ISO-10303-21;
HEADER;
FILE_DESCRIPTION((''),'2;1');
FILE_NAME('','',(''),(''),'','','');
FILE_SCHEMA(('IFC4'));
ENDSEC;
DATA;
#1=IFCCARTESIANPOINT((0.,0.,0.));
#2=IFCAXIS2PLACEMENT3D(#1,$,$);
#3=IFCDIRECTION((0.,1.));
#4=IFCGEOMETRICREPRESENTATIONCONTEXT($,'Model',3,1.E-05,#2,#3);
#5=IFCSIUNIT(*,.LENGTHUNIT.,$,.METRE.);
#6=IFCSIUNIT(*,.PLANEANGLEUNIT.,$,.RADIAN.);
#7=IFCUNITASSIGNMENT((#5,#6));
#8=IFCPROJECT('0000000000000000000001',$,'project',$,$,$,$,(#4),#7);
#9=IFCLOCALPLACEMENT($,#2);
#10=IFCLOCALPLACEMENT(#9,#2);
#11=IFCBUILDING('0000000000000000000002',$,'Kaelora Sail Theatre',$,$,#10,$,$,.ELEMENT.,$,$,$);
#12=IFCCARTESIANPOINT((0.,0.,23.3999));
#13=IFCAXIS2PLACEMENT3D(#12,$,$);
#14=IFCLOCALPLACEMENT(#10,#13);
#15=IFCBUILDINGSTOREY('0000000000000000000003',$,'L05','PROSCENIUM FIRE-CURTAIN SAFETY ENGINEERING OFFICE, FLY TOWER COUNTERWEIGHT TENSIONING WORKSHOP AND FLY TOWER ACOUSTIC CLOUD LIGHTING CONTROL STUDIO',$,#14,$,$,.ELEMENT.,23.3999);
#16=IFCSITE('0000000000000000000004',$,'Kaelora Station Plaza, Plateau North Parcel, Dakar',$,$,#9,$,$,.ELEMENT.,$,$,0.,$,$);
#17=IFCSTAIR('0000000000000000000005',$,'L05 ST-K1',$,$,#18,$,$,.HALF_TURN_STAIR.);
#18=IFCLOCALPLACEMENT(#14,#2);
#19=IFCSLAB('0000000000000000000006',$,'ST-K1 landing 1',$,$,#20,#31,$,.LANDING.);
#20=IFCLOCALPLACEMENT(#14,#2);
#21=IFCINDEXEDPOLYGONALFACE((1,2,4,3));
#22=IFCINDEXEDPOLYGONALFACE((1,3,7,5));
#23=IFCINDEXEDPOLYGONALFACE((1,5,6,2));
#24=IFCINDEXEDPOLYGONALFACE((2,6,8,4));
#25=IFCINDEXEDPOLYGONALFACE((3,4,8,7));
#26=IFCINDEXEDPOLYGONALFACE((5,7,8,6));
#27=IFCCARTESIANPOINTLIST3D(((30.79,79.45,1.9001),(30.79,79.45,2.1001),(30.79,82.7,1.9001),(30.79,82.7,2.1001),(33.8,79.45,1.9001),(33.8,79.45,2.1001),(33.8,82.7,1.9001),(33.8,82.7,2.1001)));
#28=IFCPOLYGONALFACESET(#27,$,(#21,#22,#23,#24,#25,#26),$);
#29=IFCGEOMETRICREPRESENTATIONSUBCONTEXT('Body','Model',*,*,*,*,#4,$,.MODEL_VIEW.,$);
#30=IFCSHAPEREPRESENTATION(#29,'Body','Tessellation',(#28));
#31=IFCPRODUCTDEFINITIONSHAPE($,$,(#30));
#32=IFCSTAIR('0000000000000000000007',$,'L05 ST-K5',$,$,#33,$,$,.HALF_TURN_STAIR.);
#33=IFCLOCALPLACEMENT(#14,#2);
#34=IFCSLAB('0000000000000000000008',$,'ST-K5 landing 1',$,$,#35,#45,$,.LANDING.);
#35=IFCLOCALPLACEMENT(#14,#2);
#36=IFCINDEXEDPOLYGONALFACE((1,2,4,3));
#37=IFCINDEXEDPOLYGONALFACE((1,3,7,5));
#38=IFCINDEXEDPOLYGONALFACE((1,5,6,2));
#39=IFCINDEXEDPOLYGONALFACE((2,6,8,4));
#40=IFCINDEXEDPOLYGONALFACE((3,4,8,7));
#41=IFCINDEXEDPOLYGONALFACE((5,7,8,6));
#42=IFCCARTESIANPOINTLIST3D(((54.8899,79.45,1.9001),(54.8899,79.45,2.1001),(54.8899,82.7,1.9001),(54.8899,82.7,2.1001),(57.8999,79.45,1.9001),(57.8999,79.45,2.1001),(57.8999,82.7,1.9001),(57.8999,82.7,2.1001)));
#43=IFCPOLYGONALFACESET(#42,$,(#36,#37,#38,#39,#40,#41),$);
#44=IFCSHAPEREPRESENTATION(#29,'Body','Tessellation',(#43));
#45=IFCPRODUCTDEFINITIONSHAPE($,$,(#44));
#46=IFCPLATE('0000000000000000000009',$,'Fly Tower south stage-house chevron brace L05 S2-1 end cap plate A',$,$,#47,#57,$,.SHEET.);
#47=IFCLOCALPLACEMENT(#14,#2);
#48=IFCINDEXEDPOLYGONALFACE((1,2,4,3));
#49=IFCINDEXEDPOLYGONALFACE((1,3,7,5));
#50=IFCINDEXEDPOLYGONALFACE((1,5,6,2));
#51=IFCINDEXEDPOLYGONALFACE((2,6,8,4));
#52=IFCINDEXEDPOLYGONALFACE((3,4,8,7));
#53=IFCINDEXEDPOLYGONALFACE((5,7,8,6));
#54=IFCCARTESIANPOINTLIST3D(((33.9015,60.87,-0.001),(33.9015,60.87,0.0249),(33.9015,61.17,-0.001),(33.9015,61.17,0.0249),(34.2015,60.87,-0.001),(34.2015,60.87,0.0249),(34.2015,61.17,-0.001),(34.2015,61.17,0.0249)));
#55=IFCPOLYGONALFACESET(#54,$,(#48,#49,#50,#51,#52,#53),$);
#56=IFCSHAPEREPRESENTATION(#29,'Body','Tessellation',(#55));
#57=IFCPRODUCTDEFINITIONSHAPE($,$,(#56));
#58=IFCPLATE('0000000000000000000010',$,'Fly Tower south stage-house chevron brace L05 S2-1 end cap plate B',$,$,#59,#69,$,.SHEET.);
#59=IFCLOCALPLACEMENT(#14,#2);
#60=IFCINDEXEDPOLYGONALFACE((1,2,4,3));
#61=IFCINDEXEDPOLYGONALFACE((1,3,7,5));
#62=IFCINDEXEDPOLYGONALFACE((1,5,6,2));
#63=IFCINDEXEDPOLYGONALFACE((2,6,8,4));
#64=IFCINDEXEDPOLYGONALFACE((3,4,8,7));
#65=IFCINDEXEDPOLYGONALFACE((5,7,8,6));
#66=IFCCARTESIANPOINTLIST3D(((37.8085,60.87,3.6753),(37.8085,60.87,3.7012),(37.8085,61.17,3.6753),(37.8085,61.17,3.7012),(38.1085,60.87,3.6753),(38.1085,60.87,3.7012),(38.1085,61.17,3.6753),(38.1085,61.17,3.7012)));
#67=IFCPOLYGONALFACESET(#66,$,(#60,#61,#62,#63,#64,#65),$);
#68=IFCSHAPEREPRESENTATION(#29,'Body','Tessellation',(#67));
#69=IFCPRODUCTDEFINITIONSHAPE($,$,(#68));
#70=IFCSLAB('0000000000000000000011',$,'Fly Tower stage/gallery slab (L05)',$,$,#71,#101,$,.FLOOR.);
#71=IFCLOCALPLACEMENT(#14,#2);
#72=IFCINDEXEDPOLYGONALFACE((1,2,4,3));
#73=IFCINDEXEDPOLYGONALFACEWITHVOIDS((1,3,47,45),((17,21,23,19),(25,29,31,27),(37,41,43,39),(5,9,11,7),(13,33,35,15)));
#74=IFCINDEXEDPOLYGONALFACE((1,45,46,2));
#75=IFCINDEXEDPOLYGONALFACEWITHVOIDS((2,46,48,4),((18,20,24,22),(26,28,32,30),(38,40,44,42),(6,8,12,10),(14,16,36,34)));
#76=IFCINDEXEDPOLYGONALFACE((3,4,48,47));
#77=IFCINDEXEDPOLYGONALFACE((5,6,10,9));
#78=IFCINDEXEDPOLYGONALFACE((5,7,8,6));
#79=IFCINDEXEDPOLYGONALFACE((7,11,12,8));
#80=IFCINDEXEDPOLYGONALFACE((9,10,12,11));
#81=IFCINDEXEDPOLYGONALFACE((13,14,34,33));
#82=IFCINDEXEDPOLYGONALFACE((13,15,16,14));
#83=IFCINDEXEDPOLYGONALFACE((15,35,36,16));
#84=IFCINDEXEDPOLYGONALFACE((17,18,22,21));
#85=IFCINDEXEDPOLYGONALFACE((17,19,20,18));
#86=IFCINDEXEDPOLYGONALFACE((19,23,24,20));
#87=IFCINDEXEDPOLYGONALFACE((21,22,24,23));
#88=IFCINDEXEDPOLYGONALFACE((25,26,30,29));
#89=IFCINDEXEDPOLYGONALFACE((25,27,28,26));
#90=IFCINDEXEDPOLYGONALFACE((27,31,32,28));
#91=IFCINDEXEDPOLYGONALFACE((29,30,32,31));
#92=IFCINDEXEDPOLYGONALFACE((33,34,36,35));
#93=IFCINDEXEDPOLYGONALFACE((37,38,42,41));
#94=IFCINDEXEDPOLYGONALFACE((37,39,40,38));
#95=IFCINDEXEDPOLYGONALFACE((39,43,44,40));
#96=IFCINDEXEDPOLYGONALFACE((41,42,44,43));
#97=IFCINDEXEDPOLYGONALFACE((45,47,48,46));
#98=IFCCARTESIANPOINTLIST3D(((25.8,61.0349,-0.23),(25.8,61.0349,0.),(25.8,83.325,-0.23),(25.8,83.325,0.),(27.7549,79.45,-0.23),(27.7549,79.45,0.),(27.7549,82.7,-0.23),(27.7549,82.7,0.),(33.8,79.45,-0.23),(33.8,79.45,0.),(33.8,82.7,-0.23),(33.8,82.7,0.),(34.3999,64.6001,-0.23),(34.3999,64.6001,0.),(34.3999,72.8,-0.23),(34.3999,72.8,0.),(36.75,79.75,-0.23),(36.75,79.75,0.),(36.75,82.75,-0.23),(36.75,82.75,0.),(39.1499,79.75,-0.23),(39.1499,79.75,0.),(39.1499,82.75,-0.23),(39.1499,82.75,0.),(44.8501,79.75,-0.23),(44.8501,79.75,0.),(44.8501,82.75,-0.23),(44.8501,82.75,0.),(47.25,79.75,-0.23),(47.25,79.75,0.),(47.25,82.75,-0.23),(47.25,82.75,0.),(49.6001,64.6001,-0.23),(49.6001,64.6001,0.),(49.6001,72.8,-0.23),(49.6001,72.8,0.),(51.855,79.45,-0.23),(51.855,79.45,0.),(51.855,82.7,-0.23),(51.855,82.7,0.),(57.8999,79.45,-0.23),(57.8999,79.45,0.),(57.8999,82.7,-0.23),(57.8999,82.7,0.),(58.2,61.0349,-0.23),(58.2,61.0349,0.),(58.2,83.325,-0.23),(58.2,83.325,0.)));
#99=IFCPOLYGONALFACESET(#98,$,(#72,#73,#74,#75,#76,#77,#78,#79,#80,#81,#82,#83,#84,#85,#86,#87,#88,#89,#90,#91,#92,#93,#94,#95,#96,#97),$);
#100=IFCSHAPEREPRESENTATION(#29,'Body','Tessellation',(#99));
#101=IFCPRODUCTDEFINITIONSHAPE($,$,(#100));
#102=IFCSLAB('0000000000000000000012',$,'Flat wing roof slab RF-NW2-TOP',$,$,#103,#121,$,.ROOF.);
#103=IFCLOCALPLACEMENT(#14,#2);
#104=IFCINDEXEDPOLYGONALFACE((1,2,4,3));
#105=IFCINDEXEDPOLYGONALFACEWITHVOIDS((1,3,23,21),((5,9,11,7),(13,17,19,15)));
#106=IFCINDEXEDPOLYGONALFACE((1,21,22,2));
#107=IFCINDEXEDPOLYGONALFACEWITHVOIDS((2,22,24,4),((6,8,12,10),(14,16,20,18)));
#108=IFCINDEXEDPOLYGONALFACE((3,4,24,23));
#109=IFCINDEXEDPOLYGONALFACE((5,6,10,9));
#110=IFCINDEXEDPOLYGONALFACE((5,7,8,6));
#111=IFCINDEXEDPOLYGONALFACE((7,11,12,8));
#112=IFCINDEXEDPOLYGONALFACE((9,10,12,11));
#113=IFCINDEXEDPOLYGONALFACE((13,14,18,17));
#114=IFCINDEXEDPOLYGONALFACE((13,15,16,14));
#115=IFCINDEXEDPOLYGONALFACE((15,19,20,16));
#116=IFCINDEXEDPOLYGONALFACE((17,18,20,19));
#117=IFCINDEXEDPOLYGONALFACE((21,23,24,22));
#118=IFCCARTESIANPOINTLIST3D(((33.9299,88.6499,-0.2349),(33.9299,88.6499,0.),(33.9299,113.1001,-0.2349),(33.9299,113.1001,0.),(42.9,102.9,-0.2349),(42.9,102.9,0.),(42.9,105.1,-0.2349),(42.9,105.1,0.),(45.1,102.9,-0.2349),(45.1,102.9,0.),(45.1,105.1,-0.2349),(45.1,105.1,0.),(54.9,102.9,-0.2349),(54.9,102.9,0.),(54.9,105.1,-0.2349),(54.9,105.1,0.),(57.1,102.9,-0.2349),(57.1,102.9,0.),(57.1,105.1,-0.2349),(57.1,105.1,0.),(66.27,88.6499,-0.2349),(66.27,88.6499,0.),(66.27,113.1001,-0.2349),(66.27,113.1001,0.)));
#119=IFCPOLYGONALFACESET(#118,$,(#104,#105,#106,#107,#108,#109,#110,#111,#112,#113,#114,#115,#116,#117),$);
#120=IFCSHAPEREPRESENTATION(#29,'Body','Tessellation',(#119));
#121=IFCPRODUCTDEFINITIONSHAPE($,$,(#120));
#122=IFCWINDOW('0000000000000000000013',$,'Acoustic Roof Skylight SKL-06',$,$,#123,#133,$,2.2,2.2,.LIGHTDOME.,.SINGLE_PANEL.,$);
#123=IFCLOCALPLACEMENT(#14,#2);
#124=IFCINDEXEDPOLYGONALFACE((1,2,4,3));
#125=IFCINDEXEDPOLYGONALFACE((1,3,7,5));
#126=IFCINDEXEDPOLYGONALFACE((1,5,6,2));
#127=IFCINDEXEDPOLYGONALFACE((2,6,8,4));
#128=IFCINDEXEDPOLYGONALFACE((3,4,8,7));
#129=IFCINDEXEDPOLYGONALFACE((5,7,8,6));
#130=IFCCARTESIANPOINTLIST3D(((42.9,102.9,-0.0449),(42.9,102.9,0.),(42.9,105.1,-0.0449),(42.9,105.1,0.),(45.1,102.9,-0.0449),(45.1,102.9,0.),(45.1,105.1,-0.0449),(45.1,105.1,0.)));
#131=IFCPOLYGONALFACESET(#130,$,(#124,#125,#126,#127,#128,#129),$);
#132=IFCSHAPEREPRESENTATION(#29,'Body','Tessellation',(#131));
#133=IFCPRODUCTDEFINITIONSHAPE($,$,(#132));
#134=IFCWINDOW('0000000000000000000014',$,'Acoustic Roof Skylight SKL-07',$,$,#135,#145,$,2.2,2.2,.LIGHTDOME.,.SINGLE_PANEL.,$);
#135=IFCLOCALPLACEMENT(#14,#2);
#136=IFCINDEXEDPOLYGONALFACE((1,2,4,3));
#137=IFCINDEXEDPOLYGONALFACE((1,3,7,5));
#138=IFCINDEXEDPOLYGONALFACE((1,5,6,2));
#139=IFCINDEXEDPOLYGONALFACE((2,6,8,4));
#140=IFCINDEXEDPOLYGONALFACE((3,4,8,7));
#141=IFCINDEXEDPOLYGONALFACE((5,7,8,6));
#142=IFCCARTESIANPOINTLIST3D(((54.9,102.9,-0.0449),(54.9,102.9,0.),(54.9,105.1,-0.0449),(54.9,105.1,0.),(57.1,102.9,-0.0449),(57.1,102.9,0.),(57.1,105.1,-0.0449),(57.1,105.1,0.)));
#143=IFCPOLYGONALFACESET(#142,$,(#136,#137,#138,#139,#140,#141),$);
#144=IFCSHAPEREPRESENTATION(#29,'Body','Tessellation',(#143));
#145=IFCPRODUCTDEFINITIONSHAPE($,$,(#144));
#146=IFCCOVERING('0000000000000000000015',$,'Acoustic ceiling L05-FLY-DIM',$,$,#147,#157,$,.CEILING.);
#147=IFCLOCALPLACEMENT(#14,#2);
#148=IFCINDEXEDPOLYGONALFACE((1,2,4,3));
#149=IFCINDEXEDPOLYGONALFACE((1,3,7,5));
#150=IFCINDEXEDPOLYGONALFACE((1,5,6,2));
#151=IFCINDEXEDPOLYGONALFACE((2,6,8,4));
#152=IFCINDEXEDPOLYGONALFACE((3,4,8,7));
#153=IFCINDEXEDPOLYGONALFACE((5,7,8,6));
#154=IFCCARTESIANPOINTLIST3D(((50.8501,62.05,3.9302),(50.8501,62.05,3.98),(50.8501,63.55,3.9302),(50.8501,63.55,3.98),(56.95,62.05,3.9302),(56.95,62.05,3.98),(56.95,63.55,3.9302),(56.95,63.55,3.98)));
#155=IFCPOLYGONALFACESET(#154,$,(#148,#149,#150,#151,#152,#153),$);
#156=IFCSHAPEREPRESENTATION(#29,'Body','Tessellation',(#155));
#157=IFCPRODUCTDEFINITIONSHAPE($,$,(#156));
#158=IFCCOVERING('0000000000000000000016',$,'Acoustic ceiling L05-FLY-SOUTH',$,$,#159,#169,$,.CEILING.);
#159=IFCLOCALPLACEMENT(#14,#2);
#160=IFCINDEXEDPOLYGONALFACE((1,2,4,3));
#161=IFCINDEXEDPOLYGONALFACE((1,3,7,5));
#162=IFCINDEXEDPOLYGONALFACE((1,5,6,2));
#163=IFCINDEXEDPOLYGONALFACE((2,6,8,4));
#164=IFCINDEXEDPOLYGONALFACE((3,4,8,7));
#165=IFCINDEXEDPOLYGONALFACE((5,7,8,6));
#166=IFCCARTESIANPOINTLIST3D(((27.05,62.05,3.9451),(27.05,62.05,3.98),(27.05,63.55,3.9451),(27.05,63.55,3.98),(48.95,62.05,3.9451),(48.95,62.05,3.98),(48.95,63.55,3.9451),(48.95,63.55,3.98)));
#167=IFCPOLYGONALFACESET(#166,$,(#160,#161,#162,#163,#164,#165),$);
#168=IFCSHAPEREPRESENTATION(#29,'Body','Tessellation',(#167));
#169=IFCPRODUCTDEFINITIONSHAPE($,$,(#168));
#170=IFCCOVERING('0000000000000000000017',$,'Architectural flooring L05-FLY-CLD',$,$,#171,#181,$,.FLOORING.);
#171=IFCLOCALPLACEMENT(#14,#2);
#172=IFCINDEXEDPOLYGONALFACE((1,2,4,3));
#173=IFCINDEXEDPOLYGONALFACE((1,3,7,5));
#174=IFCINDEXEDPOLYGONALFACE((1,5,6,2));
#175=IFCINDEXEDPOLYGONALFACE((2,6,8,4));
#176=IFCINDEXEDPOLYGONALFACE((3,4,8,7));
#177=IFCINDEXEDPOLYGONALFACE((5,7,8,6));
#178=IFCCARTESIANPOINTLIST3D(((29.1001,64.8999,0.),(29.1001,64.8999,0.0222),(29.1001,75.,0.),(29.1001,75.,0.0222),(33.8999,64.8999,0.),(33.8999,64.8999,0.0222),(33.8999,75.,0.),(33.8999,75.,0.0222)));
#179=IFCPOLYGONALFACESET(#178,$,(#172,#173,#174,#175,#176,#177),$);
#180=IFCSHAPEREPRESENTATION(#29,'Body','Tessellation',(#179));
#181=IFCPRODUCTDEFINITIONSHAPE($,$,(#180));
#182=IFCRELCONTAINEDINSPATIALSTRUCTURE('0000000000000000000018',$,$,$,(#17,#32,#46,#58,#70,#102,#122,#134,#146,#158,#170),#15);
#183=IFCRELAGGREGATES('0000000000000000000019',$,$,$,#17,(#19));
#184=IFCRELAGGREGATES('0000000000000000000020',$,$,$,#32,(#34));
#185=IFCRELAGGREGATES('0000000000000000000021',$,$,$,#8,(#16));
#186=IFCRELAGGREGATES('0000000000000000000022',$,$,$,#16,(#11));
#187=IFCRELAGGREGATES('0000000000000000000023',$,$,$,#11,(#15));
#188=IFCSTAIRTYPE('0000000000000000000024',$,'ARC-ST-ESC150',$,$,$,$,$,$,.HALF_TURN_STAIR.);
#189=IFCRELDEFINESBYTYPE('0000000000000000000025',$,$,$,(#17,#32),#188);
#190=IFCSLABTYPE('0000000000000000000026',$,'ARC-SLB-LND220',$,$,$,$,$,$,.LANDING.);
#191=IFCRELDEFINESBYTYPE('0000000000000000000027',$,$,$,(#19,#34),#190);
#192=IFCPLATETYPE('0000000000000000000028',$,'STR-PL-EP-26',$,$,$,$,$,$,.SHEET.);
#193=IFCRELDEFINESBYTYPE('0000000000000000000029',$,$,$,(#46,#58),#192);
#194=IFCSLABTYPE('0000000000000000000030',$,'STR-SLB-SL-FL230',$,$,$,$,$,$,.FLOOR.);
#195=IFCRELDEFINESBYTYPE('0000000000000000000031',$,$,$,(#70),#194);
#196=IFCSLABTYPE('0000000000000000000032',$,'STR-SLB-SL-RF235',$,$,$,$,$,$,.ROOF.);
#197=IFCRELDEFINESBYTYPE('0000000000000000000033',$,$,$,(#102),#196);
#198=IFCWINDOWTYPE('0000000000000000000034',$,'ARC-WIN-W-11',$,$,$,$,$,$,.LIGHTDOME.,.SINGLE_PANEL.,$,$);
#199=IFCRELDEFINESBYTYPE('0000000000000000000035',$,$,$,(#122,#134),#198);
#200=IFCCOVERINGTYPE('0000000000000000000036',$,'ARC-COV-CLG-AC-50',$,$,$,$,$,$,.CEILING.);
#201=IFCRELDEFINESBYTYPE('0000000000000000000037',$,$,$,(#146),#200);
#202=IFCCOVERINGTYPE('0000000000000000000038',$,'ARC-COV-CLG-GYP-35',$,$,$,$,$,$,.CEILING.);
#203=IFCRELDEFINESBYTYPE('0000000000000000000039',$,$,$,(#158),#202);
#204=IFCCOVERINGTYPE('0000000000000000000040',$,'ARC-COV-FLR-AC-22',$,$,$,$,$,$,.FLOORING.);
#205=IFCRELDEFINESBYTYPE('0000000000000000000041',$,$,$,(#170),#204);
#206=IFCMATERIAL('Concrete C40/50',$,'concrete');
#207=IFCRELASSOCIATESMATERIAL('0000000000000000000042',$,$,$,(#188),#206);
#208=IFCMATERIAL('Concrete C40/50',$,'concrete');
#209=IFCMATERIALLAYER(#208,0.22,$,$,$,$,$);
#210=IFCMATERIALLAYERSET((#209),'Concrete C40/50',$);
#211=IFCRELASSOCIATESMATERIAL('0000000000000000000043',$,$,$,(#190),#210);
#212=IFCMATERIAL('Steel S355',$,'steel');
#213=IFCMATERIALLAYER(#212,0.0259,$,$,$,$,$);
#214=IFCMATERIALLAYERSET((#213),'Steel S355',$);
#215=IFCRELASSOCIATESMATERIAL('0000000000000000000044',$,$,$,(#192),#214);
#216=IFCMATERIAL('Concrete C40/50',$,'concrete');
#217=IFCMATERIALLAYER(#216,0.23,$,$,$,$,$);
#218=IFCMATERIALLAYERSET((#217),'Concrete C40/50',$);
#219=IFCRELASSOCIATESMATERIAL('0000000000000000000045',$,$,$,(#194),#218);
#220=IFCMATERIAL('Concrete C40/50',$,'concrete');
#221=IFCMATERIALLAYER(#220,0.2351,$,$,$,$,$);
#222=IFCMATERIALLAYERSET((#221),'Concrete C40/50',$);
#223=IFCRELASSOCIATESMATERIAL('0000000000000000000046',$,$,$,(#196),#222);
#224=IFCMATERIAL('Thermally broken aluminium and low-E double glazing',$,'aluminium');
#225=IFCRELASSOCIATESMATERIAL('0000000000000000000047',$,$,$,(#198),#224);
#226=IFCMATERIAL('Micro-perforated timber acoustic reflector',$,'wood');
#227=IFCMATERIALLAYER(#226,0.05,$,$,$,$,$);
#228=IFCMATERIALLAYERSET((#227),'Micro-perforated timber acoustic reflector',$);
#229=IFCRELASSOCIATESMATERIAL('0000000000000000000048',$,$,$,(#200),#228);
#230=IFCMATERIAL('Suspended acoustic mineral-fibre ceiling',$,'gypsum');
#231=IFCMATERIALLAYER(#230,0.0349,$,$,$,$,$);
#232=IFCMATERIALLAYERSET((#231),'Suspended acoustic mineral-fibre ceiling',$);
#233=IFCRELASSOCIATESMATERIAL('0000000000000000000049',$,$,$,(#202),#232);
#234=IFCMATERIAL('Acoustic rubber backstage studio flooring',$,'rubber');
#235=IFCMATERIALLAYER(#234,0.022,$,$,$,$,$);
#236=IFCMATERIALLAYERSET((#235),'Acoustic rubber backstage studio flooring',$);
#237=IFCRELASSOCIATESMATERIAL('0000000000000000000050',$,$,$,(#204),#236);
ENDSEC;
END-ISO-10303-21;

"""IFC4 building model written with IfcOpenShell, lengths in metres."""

from ifc_helpers import new_model, si_unit, direction, frame, origin, origin_2d, place, context, subcontext, project, spatial, polyline, rectangle, outline, extrude, material, layer, layer_set, type_object, element, fill, aggregate, save


model = new_model("IFC4")

# Units and contexts
model_context = context("Model", 3, precision=1e-05, world=origin(), true_north=direction((0.0, 1.0)))
body_context = subcontext(model_context, "Body", "Model", "MODEL_VIEW")
ifc_project = project(units=[si_unit("LENGTHUNIT", "METRE"), si_unit("PLANEANGLEUNIT", "RADIAN")], contexts=[model_context])

# Site, building, storey
site_placement = place(None, origin())
site = spatial("IfcSite", under=ifc_project, at=site_placement, Name="Kaelora Station Plaza, Plateau North Parcel, Dakar", CompositionType="ELEMENT", RefElevation=0.0)
building_placement = place(site_placement, origin())
building = spatial("IfcBuilding", under=site, at=building_placement, Name="Kaelora Sail Theatre", CompositionType="ELEMENT")
storey_placement = place(building_placement, frame((0.0, 0.0, 23.3999)))
storey = spatial("IfcBuildingStorey", under=building, at=storey_placement, Name="L05", Description="PROSCENIUM FIRE-CURTAIN SAFETY ENGINEERING OFFICE, FLY TOWER COUNTERWEIGHT TENSIONING WORKSHOP AND FLY TOWER ACOUSTIC CLOUD LIGHTING CONTROL STUDIO", CompositionType="ELEMENT", Elevation=23.3999)

# Stairs, slabs
ifc_material_1 = material(Name="Concrete C40/50", Category="concrete")
stair_type = type_object("IfcStairType", Name="ARC-ST-ESC150", PredefinedType="HALF_TURN_STAIR", material=ifc_material_1)
stair_1_placement = place(storey_placement, origin())
stair_1 = element("IfcStair", 1, at=stair_1_placement, inside=storey, type_object=stair_type, Name="L05 ST-K1", PredefinedType="HALF_TURN_STAIR")
ifc_material_2 = material(Name="Concrete C40/50", Category="concrete")
ifc_layer_1 = layer(ifc_material_2, 0.22)
ifc_layer_set_1 = layer_set([ifc_layer_1], Name="Concrete C40/50")
slab_type_1 = type_object("IfcSlabType", Name="ARC-SLB-LND220", PredefinedType="LANDING", material=ifc_layer_set_1)
slab_1_placement = place(storey_placement, frame((0.0, 0.0, 1.9001)))
slab_1 = element("IfcSlab", 2, at=slab_1_placement, type_object=slab_type_1, Name="ST-K1 landing 1", PredefinedType="LANDING", context=body_context, shape_type="SweptSolid", body=[
    extrude(outline(polyline([(30.79, 79.45), (33.8, 79.45), (33.8, 82.7), (30.79, 82.7), (30.79, 79.45)])), origin(), (0.0, 0.0, 1.0), 0.2),
])
aggregate(stair_1, [slab_1])
stair_2_placement = place(storey_placement, origin())
stair_2 = element("IfcStair", 3, at=stair_2_placement, inside=storey, type_object=stair_type, Name="L05 ST-K5", PredefinedType="HALF_TURN_STAIR")
slab_2_placement = place(storey_placement, frame((0.0, 0.0, 1.9001)))
slab_2 = element("IfcSlab", 4, at=slab_2_placement, type_object=slab_type_1, Name="ST-K5 landing 1", PredefinedType="LANDING", context=body_context, shape_type="SweptSolid", body=[
    extrude(outline(polyline([(54.8899, 79.45), (57.8999, 79.45), (57.8999, 82.7), (54.8899, 82.7), (54.8899, 79.45)])), origin(), (0.0, 0.0, 1.0), 0.2),
])
aggregate(stair_2, [slab_2])

# Plates
ifc_material_3 = material(Name="Steel S355", Category="steel")
ifc_layer_2 = layer(ifc_material_3, 0.0259)
ifc_layer_set_2 = layer_set([ifc_layer_2], Name="Steel S355")
plate_type = type_object("IfcPlateType", Name="STR-PL-EP-26", PredefinedType="SHEET", material=ifc_layer_set_2)
for number, where, z_axis, x_axis, name in (
    (5, (34.0515, 61.02, -0.001), (0.0, 0.0, 1.0), (1.0, 0.0, 0.0), "Fly Tower south stage-house chevron brace L05 S2-1 end cap plate A"),
    (6, (37.9585, 61.02, 3.6753), (0.0, 0.0, 1.0), (1.0, 0.0, 0.0), "Fly Tower south stage-house chevron brace L05 S2-1 end cap plate B"),
):
    element("IfcPlate", number, at=place(storey_placement, frame(where, z_axis=z_axis, x_axis=x_axis)), inside=storey, type_object=plate_type, Name=name, PredefinedType="SHEET", context=body_context, shape_type="SweptSolid", body=[
        extrude(rectangle(XDim=0.3, YDim=0.3, at=origin_2d()), origin(), (0.0, 0.0, 1.0), 0.0259),
    ])

# Slab
ifc_material_4 = material(Name="Concrete C40/50", Category="concrete")
ifc_layer_3 = layer(ifc_material_4, 0.23)
ifc_layer_set_3 = layer_set([ifc_layer_3], Name="Concrete C40/50")
slab_type_2 = type_object("IfcSlabType", Name="STR-SLB-SL-FL230", PredefinedType="FLOOR", material=ifc_layer_set_3)
slab_3_placement = place(storey_placement, frame((0.0, 0.0, -0.23)))
element("IfcSlab", 7, at=slab_3_placement, inside=storey, type_object=slab_type_2, Name="Fly Tower stage/gallery slab (L05)", PredefinedType="FLOOR", context=body_context, shape_type="SweptSolid", body=[
    extrude(outline(polyline([(25.8, 61.0349), (58.2, 61.0349), (58.2, 83.325), (25.8, 83.325), (25.8, 61.0349)]), holes=[polyline([(27.7549, 79.45), (33.8, 79.45), (33.8, 82.7), (27.7549, 82.7), (27.7549, 79.45)]), polyline([(51.855, 79.45), (57.8999, 79.45), (57.8999, 82.7), (51.855, 82.7), (51.855, 79.45)]), polyline([(36.75, 79.75), (39.1499, 79.75), (39.1499, 82.75), (36.75, 82.75), (36.75, 79.75)]), polyline([(44.8501, 79.75), (47.25, 79.75), (47.25, 82.75), (44.8501, 82.75), (44.8501, 79.75)]), polyline([(34.3999, 64.6001), (49.6001, 64.6001), (49.6001, 72.8), (34.3999, 72.8), (34.3999, 64.6001)])]), origin(), (0.0, 0.0, 1.0), 0.23),
])

# Slab, openings, windows
ifc_material_5 = material(Name="Concrete C40/50", Category="concrete")
ifc_layer_4 = layer(ifc_material_5, 0.2351)
ifc_layer_set_4 = layer_set([ifc_layer_4], Name="Concrete C40/50")
slab_type_3 = type_object("IfcSlabType", Name="STR-SLB-SL-RF235", PredefinedType="ROOF", material=ifc_layer_set_4)
slab_4_placement = place(storey_placement, frame((0.0, 0.0, -0.2349)))
slab_4 = element("IfcSlab", 8, at=slab_4_placement, inside=storey, type_object=slab_type_3, Name="Flat wing roof slab RF-NW2-TOP", PredefinedType="ROOF", context=body_context, shape_type="SweptSolid", body=[
    extrude(outline(polyline([(33.9299, 113.1001), (66.27, 113.1001), (66.27, 88.6499), (33.9299, 88.6499), (33.9299, 113.1001)])), origin(), (0.0, 0.0, 1.0), 0.2349),
])
opening_1_placement = place(slab_4_placement, frame((44.0, 104.0, 0.0)))
opening_1 = element("IfcOpeningElement", 9, at=opening_1_placement, cuts=slab_4, PredefinedType="OPENING", context=body_context, shape_type="SweptSolid", body=[
    extrude(rectangle(XDim=2.2, YDim=2.2, at=origin_2d()), origin(), (0.0, 0.0, 1.0), 0.2349),
])
opening_2_placement = place(slab_4_placement, frame((56.0, 104.0, 0.0)))
opening_2 = element("IfcOpeningElement", 10, at=opening_2_placement, cuts=slab_4, PredefinedType="OPENING", context=body_context, shape_type="SweptSolid", body=[
    extrude(rectangle(XDim=2.2, YDim=2.2, at=origin_2d()), origin(), (0.0, 0.0, 1.0), 0.2349),
])
ifc_material_6 = material(Name="Thermally broken aluminium and low-E double glazing", Category="aluminium")
window_type = type_object("IfcWindowType", Name="ARC-WIN-W-11", PartitioningType="SINGLE_PANEL", PredefinedType="LIGHTDOME", material=ifc_material_6)
window_1_placement = place(opening_1_placement, frame((0.0, 0.0, 0.1899)))
window_1 = element("IfcWindow", 11, at=window_1_placement, inside=storey, type_object=window_type, Name="Acoustic Roof Skylight SKL-06", OverallHeight=2.2, OverallWidth=2.2, PartitioningType="SINGLE_PANEL", PredefinedType="LIGHTDOME", context=body_context, shape_type="SweptSolid", body=[
    extrude(rectangle(XDim=2.2, YDim=2.2, at=origin_2d()), origin(), (0.0, 0.0, 1.0), 0.0449),
])
fill(opening_1, window_1)
window_2_placement = place(opening_2_placement, frame((0.0, 0.0, 0.1899)))
window_2 = element("IfcWindow", 12, at=window_2_placement, inside=storey, type_object=window_type, Name="Acoustic Roof Skylight SKL-07", OverallHeight=2.2, OverallWidth=2.2, PartitioningType="SINGLE_PANEL", PredefinedType="LIGHTDOME", context=body_context, shape_type="SweptSolid", body=[
    extrude(rectangle(XDim=2.2, YDim=2.2, at=origin_2d()), origin(), (0.0, 0.0, 1.0), 0.0449),
])
fill(opening_2, window_2)

# Coverings
ifc_material_7 = material(Name="Micro-perforated timber acoustic reflector", Category="wood")
ifc_layer_5 = layer(ifc_material_7, 0.05)
ifc_layer_set_5 = layer_set([ifc_layer_5], Name="Micro-perforated timber acoustic reflector")
covering_type_1 = type_object("IfcCoveringType", Name="ARC-COV-CLG-AC-50", PredefinedType="CEILING", material=ifc_layer_set_5)
covering_1_placement = place(storey_placement, frame((0.0, 0.0, 3.9302)))
element("IfcCovering", 13, at=covering_1_placement, inside=storey, type_object=covering_type_1, Name="Acoustic ceiling L05-FLY-DIM", PredefinedType="CEILING", context=body_context, shape_type="SweptSolid", body=[
    extrude(outline(polyline([(50.8501, 62.05), (56.95, 62.05), (56.95, 63.55), (50.8501, 63.55), (50.8501, 62.05)])), origin(), (0.0, 0.0, 1.0), 0.0498),
])
ifc_material_8 = material(Name="Suspended acoustic mineral-fibre ceiling", Category="gypsum")
ifc_layer_6 = layer(ifc_material_8, 0.0349)
ifc_layer_set_6 = layer_set([ifc_layer_6], Name="Suspended acoustic mineral-fibre ceiling")
covering_type_2 = type_object("IfcCoveringType", Name="ARC-COV-CLG-GYP-35", PredefinedType="CEILING", material=ifc_layer_set_6)
covering_2_placement = place(storey_placement, frame((0.0, 0.0, 3.9451)))
element("IfcCovering", 14, at=covering_2_placement, inside=storey, type_object=covering_type_2, Name="Acoustic ceiling L05-FLY-SOUTH", PredefinedType="CEILING", context=body_context, shape_type="SweptSolid", body=[
    extrude(outline(polyline([(27.05, 62.05), (48.95, 62.05), (48.95, 63.55), (27.05, 63.55), (27.05, 62.05)])), origin(), (0.0, 0.0, 1.0), 0.0349),
])
ifc_material_9 = material(Name="Acoustic rubber backstage studio flooring", Category="rubber")
ifc_layer_7 = layer(ifc_material_9, 0.022)
ifc_layer_set_7 = layer_set([ifc_layer_7], Name="Acoustic rubber backstage studio flooring")
covering_type_3 = type_object("IfcCoveringType", Name="ARC-COV-FLR-AC-22", PredefinedType="FLOORING", material=ifc_layer_set_7)
covering_3_placement = place(storey_placement, origin())
element("IfcCovering", 15, at=covering_3_placement, inside=storey, type_object=covering_type_3, Name="Architectural flooring L05-FLY-CLD", PredefinedType="FLOORING", context=body_context, shape_type="SweptSolid", body=[
    extrude(outline(polyline([(29.1001, 64.8999), (33.8999, 64.8999), (33.8999, 75.0), (29.1001, 75.0), (29.1001, 64.8999)])), origin(), (0.0, 0.0, 1.0), 0.0222),
])

save(model, "model.ifc")
